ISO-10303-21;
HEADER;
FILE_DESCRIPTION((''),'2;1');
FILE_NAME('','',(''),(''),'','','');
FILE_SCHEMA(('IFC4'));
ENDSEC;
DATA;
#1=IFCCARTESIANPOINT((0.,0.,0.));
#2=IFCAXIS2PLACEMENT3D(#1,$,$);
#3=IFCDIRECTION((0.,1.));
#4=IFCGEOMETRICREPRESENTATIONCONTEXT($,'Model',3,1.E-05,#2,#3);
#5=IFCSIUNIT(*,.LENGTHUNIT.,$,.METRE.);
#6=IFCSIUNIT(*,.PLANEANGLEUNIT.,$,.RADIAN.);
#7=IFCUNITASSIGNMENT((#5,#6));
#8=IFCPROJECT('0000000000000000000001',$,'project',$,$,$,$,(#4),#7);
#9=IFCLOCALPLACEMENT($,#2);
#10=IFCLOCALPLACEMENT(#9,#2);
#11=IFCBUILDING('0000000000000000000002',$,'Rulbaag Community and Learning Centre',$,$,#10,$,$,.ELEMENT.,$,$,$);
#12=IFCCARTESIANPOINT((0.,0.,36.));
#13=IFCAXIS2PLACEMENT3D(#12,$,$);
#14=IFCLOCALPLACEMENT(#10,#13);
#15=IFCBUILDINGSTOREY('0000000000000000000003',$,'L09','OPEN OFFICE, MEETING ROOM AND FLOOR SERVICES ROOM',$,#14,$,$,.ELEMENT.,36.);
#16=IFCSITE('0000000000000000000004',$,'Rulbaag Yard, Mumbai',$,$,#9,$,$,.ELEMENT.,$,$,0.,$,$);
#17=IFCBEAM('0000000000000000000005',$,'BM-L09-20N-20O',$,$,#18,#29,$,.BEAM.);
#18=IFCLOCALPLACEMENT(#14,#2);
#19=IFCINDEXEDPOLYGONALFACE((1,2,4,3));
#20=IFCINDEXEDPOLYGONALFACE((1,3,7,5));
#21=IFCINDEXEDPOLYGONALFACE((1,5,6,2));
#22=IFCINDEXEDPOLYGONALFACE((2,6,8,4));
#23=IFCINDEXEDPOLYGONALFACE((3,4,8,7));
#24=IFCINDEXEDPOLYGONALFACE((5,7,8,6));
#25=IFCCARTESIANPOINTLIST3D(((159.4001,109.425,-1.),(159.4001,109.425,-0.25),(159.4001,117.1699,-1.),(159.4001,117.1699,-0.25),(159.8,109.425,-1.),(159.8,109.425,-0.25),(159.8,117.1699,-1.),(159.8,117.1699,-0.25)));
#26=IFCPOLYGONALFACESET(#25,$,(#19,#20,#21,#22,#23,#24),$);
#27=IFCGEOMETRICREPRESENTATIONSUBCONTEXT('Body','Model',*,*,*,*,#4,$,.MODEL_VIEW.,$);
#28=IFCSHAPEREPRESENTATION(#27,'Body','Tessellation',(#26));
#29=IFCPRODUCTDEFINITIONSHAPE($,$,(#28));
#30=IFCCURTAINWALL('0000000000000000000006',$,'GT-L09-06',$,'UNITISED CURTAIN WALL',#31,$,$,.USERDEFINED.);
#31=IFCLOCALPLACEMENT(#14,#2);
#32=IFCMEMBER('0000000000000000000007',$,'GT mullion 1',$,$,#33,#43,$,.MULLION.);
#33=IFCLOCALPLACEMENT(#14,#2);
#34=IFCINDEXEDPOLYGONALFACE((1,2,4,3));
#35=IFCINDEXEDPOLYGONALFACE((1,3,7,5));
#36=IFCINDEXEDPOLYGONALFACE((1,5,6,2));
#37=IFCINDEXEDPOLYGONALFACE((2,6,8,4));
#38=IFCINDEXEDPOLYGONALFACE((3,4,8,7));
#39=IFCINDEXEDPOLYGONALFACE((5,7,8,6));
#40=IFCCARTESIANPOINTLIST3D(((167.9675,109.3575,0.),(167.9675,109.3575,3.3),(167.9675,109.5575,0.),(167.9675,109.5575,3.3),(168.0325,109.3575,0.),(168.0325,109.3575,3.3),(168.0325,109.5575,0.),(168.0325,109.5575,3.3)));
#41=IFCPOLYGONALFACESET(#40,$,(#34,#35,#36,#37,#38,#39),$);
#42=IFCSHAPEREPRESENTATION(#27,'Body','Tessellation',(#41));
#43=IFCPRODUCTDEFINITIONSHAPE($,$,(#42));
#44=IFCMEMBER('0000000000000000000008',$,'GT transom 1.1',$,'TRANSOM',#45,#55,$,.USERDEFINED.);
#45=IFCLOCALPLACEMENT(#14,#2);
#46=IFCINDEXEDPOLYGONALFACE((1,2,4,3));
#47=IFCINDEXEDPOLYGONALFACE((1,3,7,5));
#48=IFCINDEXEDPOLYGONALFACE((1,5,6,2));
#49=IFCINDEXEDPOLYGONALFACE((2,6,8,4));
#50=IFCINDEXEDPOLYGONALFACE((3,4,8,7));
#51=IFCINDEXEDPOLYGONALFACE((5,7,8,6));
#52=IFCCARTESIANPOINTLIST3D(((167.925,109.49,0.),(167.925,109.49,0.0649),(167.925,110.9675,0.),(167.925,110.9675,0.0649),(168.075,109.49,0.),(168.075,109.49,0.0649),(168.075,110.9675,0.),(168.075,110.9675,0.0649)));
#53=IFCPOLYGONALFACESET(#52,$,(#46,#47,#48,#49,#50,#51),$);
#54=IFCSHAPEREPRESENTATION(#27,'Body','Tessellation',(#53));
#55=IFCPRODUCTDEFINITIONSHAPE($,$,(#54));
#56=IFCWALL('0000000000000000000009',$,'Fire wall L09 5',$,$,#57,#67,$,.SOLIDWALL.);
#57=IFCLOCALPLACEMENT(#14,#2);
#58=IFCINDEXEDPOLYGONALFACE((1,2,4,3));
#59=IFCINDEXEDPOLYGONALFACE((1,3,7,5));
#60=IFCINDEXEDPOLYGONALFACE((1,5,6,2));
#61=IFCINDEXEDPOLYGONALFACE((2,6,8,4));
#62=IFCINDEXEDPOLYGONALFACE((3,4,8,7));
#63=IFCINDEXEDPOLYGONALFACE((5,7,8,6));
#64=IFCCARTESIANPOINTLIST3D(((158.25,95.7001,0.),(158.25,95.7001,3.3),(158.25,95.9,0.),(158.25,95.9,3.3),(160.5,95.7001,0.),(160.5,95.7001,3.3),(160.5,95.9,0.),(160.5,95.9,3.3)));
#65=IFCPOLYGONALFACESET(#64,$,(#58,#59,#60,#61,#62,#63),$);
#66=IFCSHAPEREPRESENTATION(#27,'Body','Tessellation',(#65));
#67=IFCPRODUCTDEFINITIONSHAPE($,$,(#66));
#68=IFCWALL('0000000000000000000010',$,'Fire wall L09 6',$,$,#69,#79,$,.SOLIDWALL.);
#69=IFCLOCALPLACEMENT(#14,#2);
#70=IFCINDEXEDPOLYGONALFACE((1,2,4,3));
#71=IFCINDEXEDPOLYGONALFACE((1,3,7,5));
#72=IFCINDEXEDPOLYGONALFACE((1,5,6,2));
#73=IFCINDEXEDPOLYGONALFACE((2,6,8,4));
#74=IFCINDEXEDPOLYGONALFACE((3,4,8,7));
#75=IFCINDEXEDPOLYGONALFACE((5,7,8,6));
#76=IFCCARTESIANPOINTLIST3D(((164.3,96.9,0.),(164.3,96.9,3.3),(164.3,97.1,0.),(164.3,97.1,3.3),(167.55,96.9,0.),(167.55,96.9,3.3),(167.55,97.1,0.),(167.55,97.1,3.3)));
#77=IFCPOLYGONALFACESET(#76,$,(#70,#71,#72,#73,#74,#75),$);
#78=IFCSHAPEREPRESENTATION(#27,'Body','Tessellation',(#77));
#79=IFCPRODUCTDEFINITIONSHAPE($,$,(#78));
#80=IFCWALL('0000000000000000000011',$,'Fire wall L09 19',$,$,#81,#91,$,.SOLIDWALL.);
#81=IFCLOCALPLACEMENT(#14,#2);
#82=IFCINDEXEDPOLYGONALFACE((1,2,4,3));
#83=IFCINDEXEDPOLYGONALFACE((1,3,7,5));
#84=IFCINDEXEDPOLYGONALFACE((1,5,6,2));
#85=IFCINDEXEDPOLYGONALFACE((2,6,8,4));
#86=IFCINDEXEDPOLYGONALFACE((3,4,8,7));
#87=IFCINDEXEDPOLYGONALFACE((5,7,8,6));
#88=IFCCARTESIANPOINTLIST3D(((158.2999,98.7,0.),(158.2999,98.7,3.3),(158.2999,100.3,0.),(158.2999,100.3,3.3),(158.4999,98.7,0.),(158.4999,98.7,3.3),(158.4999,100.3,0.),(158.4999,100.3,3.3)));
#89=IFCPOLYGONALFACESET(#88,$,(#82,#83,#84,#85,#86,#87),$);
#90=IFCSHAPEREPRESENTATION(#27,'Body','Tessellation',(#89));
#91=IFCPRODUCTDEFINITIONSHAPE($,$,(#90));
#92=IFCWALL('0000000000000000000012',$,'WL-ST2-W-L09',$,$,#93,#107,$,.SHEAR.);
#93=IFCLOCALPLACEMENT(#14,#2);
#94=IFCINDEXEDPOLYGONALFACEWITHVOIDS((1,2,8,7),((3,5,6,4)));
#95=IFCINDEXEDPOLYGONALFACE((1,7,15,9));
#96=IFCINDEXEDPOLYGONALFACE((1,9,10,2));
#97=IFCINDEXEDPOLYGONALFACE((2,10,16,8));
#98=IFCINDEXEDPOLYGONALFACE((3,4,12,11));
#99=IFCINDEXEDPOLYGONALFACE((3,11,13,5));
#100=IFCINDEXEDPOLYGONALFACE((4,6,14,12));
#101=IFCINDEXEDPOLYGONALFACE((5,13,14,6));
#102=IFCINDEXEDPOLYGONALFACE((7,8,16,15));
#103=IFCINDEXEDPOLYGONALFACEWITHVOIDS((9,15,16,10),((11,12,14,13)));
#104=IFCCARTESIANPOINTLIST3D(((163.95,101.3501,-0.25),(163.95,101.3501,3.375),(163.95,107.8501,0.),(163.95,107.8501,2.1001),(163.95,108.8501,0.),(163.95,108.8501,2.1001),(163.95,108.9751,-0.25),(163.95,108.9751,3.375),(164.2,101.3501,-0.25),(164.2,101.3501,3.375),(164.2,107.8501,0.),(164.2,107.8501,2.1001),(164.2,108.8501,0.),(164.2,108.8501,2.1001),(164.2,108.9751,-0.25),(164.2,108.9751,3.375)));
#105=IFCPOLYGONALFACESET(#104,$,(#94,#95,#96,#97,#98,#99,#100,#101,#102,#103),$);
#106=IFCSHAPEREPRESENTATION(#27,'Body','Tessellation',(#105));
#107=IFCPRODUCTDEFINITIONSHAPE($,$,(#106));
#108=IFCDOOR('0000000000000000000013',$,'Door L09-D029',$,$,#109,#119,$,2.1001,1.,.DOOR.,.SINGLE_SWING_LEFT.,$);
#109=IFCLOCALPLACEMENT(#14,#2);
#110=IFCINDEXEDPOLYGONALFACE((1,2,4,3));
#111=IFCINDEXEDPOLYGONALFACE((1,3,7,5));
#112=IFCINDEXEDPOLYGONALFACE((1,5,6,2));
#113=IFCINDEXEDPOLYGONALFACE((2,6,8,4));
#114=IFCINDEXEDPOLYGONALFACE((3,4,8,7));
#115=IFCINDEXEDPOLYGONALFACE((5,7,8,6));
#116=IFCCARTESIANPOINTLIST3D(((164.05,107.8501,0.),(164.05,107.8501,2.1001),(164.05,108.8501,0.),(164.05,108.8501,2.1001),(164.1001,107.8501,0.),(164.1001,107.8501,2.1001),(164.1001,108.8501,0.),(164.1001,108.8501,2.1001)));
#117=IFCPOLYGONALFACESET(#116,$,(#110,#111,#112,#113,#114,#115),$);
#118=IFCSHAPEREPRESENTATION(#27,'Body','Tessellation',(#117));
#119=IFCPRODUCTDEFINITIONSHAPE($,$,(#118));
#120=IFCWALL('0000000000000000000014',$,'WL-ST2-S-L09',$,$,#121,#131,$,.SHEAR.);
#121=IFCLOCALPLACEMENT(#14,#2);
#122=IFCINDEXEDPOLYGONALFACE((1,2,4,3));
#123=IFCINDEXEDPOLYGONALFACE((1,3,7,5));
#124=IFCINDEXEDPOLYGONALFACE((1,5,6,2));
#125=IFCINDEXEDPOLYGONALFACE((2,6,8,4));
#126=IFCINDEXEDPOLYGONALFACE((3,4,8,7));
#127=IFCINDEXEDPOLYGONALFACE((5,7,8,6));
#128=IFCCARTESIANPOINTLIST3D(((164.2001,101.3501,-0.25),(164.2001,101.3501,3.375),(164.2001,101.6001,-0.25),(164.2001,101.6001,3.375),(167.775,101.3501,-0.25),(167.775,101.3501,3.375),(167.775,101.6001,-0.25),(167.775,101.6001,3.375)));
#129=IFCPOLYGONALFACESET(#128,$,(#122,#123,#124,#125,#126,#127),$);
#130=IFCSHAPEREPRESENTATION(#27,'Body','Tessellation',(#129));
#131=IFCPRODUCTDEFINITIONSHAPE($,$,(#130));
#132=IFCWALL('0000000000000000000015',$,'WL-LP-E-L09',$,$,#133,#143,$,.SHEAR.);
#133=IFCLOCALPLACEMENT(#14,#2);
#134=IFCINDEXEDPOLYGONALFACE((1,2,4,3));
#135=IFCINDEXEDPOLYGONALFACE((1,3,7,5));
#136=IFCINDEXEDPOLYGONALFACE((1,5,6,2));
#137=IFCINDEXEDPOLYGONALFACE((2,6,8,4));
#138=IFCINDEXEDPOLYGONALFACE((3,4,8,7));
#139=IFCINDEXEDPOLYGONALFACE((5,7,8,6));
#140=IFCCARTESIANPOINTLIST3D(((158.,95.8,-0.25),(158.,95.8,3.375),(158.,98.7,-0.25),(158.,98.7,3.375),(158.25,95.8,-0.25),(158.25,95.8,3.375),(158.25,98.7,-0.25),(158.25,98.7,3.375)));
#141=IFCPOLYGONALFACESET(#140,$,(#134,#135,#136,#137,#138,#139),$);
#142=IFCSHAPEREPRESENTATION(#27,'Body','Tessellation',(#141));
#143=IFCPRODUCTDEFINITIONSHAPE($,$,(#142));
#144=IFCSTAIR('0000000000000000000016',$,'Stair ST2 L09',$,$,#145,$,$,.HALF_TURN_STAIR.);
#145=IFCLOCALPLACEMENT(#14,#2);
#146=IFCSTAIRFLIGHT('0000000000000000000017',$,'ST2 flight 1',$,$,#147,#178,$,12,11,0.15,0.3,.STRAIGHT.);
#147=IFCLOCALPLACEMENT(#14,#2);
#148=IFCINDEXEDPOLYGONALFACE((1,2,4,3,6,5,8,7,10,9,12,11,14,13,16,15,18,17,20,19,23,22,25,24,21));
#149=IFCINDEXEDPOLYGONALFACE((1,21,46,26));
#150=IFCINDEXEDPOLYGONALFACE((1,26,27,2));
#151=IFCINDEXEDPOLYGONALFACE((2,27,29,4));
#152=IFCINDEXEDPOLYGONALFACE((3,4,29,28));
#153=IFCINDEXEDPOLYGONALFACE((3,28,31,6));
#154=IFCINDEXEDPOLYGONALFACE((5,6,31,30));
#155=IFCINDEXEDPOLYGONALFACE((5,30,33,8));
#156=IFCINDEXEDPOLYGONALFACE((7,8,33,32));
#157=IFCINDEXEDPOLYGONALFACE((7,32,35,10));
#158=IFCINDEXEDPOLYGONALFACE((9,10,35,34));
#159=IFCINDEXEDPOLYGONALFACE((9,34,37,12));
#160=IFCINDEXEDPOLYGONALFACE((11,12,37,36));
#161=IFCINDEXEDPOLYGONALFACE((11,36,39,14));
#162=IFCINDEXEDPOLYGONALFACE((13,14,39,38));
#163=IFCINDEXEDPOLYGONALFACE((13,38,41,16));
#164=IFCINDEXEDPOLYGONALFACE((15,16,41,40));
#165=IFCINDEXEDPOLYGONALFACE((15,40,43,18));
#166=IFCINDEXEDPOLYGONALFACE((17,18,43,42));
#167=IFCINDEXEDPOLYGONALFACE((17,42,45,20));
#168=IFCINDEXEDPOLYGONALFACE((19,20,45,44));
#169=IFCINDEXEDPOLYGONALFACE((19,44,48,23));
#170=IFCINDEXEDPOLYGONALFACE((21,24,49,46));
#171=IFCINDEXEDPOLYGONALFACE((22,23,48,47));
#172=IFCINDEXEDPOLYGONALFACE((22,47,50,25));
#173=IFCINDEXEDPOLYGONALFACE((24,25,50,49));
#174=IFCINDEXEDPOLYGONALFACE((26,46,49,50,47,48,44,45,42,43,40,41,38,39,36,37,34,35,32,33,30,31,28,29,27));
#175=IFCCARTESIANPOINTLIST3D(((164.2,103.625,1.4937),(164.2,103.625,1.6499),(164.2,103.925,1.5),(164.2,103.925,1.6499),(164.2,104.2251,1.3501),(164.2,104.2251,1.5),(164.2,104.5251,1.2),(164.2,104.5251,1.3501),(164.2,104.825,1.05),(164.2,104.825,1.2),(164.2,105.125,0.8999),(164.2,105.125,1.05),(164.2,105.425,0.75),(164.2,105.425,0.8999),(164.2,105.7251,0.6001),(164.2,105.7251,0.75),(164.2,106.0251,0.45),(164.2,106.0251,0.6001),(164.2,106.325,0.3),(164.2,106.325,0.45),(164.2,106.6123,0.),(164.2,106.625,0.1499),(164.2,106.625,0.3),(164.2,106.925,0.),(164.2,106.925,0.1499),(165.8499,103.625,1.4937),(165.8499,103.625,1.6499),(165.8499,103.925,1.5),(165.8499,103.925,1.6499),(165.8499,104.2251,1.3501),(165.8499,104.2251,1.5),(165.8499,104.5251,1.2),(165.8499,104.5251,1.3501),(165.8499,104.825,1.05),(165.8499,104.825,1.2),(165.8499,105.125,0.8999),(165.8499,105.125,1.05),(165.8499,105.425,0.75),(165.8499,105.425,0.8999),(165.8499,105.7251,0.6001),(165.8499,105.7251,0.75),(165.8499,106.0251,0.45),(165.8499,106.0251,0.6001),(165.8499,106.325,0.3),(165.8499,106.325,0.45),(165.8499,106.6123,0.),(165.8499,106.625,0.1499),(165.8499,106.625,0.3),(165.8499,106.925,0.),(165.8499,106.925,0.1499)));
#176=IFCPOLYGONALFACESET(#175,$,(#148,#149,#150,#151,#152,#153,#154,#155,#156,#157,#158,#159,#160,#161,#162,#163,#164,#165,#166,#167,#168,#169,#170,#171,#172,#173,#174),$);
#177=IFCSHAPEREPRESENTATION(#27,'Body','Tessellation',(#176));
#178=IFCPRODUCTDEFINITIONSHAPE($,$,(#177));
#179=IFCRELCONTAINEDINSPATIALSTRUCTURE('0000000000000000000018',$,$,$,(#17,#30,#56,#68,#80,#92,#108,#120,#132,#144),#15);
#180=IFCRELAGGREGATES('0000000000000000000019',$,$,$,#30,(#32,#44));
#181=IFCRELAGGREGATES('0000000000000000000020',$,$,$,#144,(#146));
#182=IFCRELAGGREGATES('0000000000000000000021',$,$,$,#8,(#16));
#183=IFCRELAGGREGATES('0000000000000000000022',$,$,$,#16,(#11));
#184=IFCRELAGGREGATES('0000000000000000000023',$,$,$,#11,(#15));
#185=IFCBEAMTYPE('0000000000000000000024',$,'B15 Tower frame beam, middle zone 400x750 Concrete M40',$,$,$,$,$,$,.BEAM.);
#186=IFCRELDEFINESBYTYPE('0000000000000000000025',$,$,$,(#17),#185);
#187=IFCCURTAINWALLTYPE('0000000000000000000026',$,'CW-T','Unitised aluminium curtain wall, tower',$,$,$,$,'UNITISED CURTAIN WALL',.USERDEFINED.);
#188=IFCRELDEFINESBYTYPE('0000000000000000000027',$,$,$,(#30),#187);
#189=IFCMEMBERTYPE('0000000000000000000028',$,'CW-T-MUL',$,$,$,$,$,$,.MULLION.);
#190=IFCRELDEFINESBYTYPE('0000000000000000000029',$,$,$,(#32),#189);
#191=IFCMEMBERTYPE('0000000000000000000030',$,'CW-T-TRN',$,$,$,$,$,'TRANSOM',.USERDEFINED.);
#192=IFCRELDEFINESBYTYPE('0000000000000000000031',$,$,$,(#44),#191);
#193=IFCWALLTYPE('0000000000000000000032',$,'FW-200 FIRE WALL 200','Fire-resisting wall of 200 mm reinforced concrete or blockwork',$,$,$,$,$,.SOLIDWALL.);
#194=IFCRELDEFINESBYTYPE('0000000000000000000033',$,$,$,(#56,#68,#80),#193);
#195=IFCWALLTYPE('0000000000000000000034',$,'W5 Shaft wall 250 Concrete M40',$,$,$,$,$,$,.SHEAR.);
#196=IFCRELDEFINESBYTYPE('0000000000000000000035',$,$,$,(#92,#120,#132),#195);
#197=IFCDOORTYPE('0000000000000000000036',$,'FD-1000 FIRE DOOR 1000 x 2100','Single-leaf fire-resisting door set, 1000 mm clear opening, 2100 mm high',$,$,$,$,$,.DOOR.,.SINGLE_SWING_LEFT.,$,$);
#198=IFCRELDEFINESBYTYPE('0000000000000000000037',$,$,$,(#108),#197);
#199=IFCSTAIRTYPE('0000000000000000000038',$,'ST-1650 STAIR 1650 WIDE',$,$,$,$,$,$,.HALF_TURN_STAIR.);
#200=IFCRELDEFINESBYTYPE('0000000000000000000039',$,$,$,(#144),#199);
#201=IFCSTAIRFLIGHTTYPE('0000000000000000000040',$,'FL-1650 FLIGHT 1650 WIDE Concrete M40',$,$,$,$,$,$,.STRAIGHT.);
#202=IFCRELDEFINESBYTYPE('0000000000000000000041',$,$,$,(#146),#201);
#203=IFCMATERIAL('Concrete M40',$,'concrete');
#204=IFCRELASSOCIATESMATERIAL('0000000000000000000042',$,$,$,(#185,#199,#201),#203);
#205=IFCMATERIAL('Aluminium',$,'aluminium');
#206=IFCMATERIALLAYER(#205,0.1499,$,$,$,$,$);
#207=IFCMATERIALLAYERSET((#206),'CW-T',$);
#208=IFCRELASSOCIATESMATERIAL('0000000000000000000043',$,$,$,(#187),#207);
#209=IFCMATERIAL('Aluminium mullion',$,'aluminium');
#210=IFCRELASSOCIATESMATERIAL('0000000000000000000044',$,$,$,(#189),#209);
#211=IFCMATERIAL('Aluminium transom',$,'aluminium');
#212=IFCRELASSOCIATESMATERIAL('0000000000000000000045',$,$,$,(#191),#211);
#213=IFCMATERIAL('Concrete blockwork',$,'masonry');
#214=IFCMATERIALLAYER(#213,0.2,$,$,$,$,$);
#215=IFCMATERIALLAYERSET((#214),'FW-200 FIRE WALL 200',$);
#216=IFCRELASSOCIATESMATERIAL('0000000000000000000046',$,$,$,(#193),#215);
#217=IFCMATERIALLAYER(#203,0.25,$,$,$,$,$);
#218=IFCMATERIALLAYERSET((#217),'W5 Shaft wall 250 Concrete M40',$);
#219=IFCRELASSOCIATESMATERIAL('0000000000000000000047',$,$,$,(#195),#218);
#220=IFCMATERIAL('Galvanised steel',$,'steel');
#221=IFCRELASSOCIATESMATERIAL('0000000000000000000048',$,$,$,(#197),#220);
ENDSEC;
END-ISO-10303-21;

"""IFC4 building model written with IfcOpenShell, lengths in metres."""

from ifc_helpers import new_model, si_unit, direction, frame, frame_2d, origin, origin_2d, place, context, subcontext, project, spatial, polyline, rectangle, outline, extrude, material, layer, layer_set, material_profile, profile_set, type_object, element, fill, aggregate, save


model = new_model("IFC4")

# Units and contexts
model_context = context("Model", 3, precision=1e-05, world=origin(), true_north=direction((0.0, 1.0)))
body_context = subcontext(model_context, "Body", "Model", "MODEL_VIEW")
ifc_project = project(units=[si_unit("LENGTHUNIT", "METRE"), si_unit("PLANEANGLEUNIT", "RADIAN")], contexts=[model_context])

# Site, building, storey
site_placement = place(None, origin())
site = spatial("IfcSite", under=ifc_project, at=site_placement, Name="Rulbaag Yard, Mumbai", CompositionType="ELEMENT", RefElevation=0.0)
building_placement = place(site_placement, origin())
building = spatial("IfcBuilding", under=site, at=building_placement, Name="Rulbaag Community and Learning Centre", CompositionType="ELEMENT")
storey_placement = place(building_placement, frame((0.0, 0.0, 36.0)))
storey = spatial("IfcBuildingStorey", under=building, at=storey_placement, Name="L09", Description="OPEN OFFICE, MEETING ROOM AND FLOOR SERVICES ROOM", CompositionType="ELEMENT", Elevation=36.0)

# Beam
ifc_material_1 = material(Name="Concrete M40", Category="concrete")
ifc_material_profile_1 = material_profile(ifc_material_1, rectangle(XDim=0.3999, YDim=0.75, at=origin_2d()), Name="RB400x750")
ifc_profile_set_1 = profile_set([ifc_material_profile_1], Name="Concrete M40")
beam_type = type_object("IfcBeamType", Name="B15 Tower frame beam, middle zone 400x750 Concrete M40", PredefinedType="BEAM", material=ifc_profile_set_1)
beam_placement = place(storey_placement, frame((159.6001, 109.425, -0.625), z_axis=(0.0, 1.0, 0.0), x_axis=(-1.0, 0.0, 0.0)))
element("IfcBeam", 1, at=beam_placement, inside=storey, type_object=beam_type, Name="BM-L09-20N-20O", PredefinedType="BEAM", context=body_context, shape_type="SweptSolid", body=[
    extrude(rectangle(XDim=0.3999, YDim=0.75, at=origin_2d()), origin(), (0.0, 0.0, 1.0), 7.7449),
])

# Curtain wall, members
ifc_material_2 = material(Name="Aluminium", Category="aluminium")
ifc_layer_1 = layer(ifc_material_2, 0.1499)
ifc_layer_set_1 = layer_set([ifc_layer_1], Name="CW-T")
curtain_wall_type = type_object("IfcCurtainWallType", Name="CW-T", Description="Unitised aluminium curtain wall, tower", ElementType="UNITISED CURTAIN WALL", PredefinedType="USERDEFINED", material=ifc_layer_set_1)
curtain_wall_placement = place(storey_placement, origin())
curtain_wall = element("IfcCurtainWall", 2, at=curtain_wall_placement, inside=storey, type_object=curtain_wall_type, Name="GT-L09-06", ObjectType="UNITISED CURTAIN WALL", PredefinedType="USERDEFINED")
ifc_material_3 = material(Name="Aluminium mullion", Category="aluminium")
ifc_material_profile_2 = material_profile(ifc_material_3, rectangle(XDim=0.0649, YDim=0.2, at=origin_2d()), Name="AL 65x200")
ifc_profile_set_2 = profile_set([ifc_material_profile_2], Name="Aluminium mullion")
member_type_1 = type_object("IfcMemberType", Name="CW-T-MUL", PredefinedType="MULLION", material=ifc_profile_set_2)
member_1_placement = place(storey_placement, frame((168.0, 109.4575, 0.0), z_axis=(0.0, 0.0, 1.0), x_axis=(-1.0, 0.0, 0.0)))
member_1 = element("IfcMember", 3, at=member_1_placement, type_object=member_type_1, Name="GT mullion 1", PredefinedType="MULLION", context=body_context, shape_type="SweptSolid", body=[
    extrude(rectangle(XDim=0.0649, YDim=0.2, at=origin_2d()), origin(), (0.0, 0.0, 1.0), 3.3),
])
ifc_material_4 = material(Name="Aluminium transom", Category="aluminium")
ifc_material_profile_3 = material_profile(ifc_material_4, rectangle(XDim=0.1499, YDim=0.0649, at=origin_2d()), Name="AL 65x150 T")
ifc_profile_set_3 = profile_set([ifc_material_profile_3], Name="Aluminium transom")
member_type_2 = type_object("IfcMemberType", Name="CW-T-TRN", ElementType="TRANSOM", PredefinedType="USERDEFINED", material=ifc_profile_set_3)
member_2_placement = place(storey_placement, frame((168.0, 109.49, 0.0325), z_axis=(0.0, 1.0, 0.0), x_axis=(-1.0, 0.0, 0.0)))
member_2 = element("IfcMember", 4, at=member_2_placement, type_object=member_type_2, Name="GT transom 1.1", ObjectType="TRANSOM", PredefinedType="USERDEFINED", context=body_context, shape_type="SweptSolid", body=[
    extrude(rectangle(XDim=0.1499, YDim=0.0649, at=origin_2d()), origin(), (0.0, 0.0, 1.0), 1.4775),
])
aggregate(curtain_wall, [member_1, member_2])

# Walls
ifc_material_5 = material(Name="Concrete blockwork", Category="masonry")
ifc_layer_2 = layer(ifc_material_5, 0.2)
ifc_layer_set_2 = layer_set([ifc_layer_2], Name="FW-200 FIRE WALL 200")
wall_type_1 = type_object("IfcWallType", Name="FW-200 FIRE WALL 200", Description="Fire-resisting wall of 200 mm reinforced concrete or blockwork", PredefinedType="SOLIDWALL", material=ifc_layer_set_2)
wall_1_placement = place(storey_placement, frame((158.25, 95.8, 0.0), z_axis=(0.0, 0.0, 1.0), x_axis=(1.0, 0.0, 0.0)))
element("IfcWall", 5, at=wall_1_placement, inside=storey, type_object=wall_type_1, Name="Fire wall L09 5", PredefinedType="SOLIDWALL", context=body_context, shape_type="SweptSolid", body=[
    extrude(rectangle(XDim=2.25, YDim=0.2, at=frame_2d((1.125, 0.0))), origin(), (0.0, 0.0, 1.0), 3.3),
])
wall_2_placement = place(storey_placement, frame((164.3, 97.0, 0.0), z_axis=(0.0, 0.0, 1.0), x_axis=(1.0, 0.0, 0.0)))
element("IfcWall", 6, at=wall_2_placement, inside=storey, type_object=wall_type_1, Name="Fire wall L09 6", PredefinedType="SOLIDWALL", context=body_context, shape_type="SweptSolid", body=[
    extrude(rectangle(XDim=3.25, YDim=0.2, at=frame_2d((1.625, 0.0))), origin(), (0.0, 0.0, 1.0), 3.3),
])
wall_3_placement = place(storey_placement, frame((158.3999, 98.7, 0.0), z_axis=(0.0, 0.0, 1.0), x_axis=(0.0, 1.0, 0.0)))
element("IfcWall", 7, at=wall_3_placement, inside=storey, type_object=wall_type_1, Name="Fire wall L09 19", PredefinedType="SOLIDWALL", context=body_context, shape_type="SweptSolid", body=[
    extrude(rectangle(XDim=1.6001, YDim=0.2, at=frame_2d((0.8, 0.0))), origin(), (0.0, 0.0, 1.0), 3.3),
])

# Wall, opening, door
ifc_layer_3 = layer(ifc_material_1, 0.25)
ifc_layer_set_3 = layer_set([ifc_layer_3], Name="W5 Shaft wall 250 Concrete M40")
wall_type_2 = type_object("IfcWallType", Name="W5 Shaft wall 250 Concrete M40", PredefinedType="SHEAR", material=ifc_layer_set_3)
wall_4_placement = place(storey_placement, frame((164.075, 101.3501, -0.25), z_axis=(0.0, 0.0, 1.0), x_axis=(0.0, 1.0, 0.0)))
wall_4 = element("IfcWall", 8, at=wall_4_placement, inside=storey, type_object=wall_type_2, Name="WL-ST2-W-L09", PredefinedType="SHEAR", context=body_context, shape_type="SweptSolid", body=[
    extrude(rectangle(XDim=7.625, YDim=0.25, at=frame_2d((3.8125, 0.0))), origin(), (0.0, 0.0, 1.0), 3.625),
])
opening_placement = place(wall_4_placement, frame((6.5, 0.0, 0.25)))
opening = element("IfcOpeningElement", 9, at=opening_placement, cuts=wall_4, PredefinedType="OPENING", context=body_context, shape_type="SweptSolid", body=[
    extrude(rectangle(XDim=1.0, YDim=2.1001, at=frame_2d((0.5, 1.05))), frame((0.0, 0.135, 0.0), z_axis=(0.0, -1.0, 0.0), x_axis=(1.0, 0.0, 0.0)), (0.0, 0.0, 1.0), 0.27),
])
ifc_material_6 = material(Name="Galvanised steel", Category="steel")
door_type = type_object("IfcDoorType", Name="FD-1000 FIRE DOOR 1000 x 2100", Description="Single-leaf fire-resisting door set, 1000 mm clear opening, 2100 mm high", OperationType="SINGLE_SWING_LEFT", PredefinedType="DOOR", material=ifc_material_6)
door_placement = place(opening_placement, origin())
door = element("IfcDoor", 10, at=door_placement, inside=storey, type_object=door_type, Name="Door L09-D029", OperationType="SINGLE_SWING_LEFT", OverallHeight=2.1001, OverallWidth=1.0, PredefinedType="DOOR", context=body_context, shape_type="SweptSolid", body=[
    extrude(rectangle(XDim=1.0, YDim=2.1001, at=frame_2d((0.5, 1.05))), frame((0.0, 0.0249, 0.0), z_axis=(0.0, -1.0, 0.0), x_axis=(1.0, 0.0, 0.0)), (0.0, 0.0, 1.0), 0.05),
])
fill(opening, door)

# Walls
wall_5_placement = place(storey_placement, frame((164.2, 101.4751, -0.25), z_axis=(0.0, 0.0, 1.0), x_axis=(1.0, 0.0, 0.0)))
element("IfcWall", 11, at=wall_5_placement, inside=storey, type_object=wall_type_2, Name="WL-ST2-S-L09", PredefinedType="SHEAR", context=body_context, shape_type="SweptSolid", body=[
    extrude(rectangle(XDim=3.575, YDim=0.25, at=frame_2d((1.7876, 0.0))), origin(), (0.0, 0.0, 1.0), 3.625),
])
wall_6_placement = place(storey_placement, frame((158.125, 95.8, -0.25), z_axis=(0.0, 0.0, 1.0), x_axis=(0.0, 1.0, 0.0)))
element("IfcWall", 12, at=wall_6_placement, inside=storey, type_object=wall_type_2, Name="WL-LP-E-L09", PredefinedType="SHEAR", context=body_context, shape_type="SweptSolid", body=[
    extrude(rectangle(XDim=2.8999, YDim=0.25, at=frame_2d((1.45, 0.0))), origin(), (0.0, 0.0, 1.0), 3.625),
])

# Stair, stair flight
stair_type = type_object("IfcStairType", Name="ST-1650 STAIR 1650 WIDE", PredefinedType="HALF_TURN_STAIR", material=ifc_material_1)
stair_placement = place(storey_placement, origin())
stair = element("IfcStair", 13, at=stair_placement, inside=storey, type_object=stair_type, Name="Stair ST2 L09", PredefinedType="HALF_TURN_STAIR")
stair_flight_type = type_object("IfcStairFlightType", Name="FL-1650 FLIGHT 1650 WIDE Concrete M40", PredefinedType="STRAIGHT", material=ifc_material_1)
stair_flight_1_placement = place(storey_placement, frame((165.0249, 106.925, 0.0), z_axis=(0.0, 0.0, 1.0), x_axis=(0.0, -1.0, 0.0)))
stair_flight_1 = element("IfcStairFlight", 14, at=stair_flight_1_placement, type_object=stair_flight_type, Name="ST2 flight 1", NumberOfRisers=12, NumberOfTreads=11, PredefinedType="STRAIGHT", RiserHeight=0.15, TreadLength=0.3, context=body_context, shape_type="SweptSolid", body=[
    extrude(outline(polyline([(0.0, 0.0), (0.0, 0.1499), (0.3, 0.1499), (0.3, 0.3), (0.6001, 0.3), (0.6001, 0.45), (0.8999, 0.45), (0.8999, 0.6001), (1.2, 0.6001), (1.2, 0.75), (1.5, 0.75), (1.5, 0.8999), (1.8, 0.8999), (1.8, 1.05), (2.1001, 1.05), (2.1001, 1.2), (2.3999, 1.2), (2.3999, 1.3501), (2.7, 1.3501), (2.7, 1.5), (3.0, 1.5), (3.0, 1.6499), (3.3, 1.6499), (3.3, 1.4937), (0.3127, 0.0), (0.0, 0.0)])), frame((0.0, 0.825, 0.0), z_axis=(0.0, -1.0, 0.0), x_axis=(1.0, 0.0, 0.0)), (0.0, 0.0, 1.0), 1.6499),
])
aggregate(stair, [stair_flight_1])

save(model, "model.ifc")
